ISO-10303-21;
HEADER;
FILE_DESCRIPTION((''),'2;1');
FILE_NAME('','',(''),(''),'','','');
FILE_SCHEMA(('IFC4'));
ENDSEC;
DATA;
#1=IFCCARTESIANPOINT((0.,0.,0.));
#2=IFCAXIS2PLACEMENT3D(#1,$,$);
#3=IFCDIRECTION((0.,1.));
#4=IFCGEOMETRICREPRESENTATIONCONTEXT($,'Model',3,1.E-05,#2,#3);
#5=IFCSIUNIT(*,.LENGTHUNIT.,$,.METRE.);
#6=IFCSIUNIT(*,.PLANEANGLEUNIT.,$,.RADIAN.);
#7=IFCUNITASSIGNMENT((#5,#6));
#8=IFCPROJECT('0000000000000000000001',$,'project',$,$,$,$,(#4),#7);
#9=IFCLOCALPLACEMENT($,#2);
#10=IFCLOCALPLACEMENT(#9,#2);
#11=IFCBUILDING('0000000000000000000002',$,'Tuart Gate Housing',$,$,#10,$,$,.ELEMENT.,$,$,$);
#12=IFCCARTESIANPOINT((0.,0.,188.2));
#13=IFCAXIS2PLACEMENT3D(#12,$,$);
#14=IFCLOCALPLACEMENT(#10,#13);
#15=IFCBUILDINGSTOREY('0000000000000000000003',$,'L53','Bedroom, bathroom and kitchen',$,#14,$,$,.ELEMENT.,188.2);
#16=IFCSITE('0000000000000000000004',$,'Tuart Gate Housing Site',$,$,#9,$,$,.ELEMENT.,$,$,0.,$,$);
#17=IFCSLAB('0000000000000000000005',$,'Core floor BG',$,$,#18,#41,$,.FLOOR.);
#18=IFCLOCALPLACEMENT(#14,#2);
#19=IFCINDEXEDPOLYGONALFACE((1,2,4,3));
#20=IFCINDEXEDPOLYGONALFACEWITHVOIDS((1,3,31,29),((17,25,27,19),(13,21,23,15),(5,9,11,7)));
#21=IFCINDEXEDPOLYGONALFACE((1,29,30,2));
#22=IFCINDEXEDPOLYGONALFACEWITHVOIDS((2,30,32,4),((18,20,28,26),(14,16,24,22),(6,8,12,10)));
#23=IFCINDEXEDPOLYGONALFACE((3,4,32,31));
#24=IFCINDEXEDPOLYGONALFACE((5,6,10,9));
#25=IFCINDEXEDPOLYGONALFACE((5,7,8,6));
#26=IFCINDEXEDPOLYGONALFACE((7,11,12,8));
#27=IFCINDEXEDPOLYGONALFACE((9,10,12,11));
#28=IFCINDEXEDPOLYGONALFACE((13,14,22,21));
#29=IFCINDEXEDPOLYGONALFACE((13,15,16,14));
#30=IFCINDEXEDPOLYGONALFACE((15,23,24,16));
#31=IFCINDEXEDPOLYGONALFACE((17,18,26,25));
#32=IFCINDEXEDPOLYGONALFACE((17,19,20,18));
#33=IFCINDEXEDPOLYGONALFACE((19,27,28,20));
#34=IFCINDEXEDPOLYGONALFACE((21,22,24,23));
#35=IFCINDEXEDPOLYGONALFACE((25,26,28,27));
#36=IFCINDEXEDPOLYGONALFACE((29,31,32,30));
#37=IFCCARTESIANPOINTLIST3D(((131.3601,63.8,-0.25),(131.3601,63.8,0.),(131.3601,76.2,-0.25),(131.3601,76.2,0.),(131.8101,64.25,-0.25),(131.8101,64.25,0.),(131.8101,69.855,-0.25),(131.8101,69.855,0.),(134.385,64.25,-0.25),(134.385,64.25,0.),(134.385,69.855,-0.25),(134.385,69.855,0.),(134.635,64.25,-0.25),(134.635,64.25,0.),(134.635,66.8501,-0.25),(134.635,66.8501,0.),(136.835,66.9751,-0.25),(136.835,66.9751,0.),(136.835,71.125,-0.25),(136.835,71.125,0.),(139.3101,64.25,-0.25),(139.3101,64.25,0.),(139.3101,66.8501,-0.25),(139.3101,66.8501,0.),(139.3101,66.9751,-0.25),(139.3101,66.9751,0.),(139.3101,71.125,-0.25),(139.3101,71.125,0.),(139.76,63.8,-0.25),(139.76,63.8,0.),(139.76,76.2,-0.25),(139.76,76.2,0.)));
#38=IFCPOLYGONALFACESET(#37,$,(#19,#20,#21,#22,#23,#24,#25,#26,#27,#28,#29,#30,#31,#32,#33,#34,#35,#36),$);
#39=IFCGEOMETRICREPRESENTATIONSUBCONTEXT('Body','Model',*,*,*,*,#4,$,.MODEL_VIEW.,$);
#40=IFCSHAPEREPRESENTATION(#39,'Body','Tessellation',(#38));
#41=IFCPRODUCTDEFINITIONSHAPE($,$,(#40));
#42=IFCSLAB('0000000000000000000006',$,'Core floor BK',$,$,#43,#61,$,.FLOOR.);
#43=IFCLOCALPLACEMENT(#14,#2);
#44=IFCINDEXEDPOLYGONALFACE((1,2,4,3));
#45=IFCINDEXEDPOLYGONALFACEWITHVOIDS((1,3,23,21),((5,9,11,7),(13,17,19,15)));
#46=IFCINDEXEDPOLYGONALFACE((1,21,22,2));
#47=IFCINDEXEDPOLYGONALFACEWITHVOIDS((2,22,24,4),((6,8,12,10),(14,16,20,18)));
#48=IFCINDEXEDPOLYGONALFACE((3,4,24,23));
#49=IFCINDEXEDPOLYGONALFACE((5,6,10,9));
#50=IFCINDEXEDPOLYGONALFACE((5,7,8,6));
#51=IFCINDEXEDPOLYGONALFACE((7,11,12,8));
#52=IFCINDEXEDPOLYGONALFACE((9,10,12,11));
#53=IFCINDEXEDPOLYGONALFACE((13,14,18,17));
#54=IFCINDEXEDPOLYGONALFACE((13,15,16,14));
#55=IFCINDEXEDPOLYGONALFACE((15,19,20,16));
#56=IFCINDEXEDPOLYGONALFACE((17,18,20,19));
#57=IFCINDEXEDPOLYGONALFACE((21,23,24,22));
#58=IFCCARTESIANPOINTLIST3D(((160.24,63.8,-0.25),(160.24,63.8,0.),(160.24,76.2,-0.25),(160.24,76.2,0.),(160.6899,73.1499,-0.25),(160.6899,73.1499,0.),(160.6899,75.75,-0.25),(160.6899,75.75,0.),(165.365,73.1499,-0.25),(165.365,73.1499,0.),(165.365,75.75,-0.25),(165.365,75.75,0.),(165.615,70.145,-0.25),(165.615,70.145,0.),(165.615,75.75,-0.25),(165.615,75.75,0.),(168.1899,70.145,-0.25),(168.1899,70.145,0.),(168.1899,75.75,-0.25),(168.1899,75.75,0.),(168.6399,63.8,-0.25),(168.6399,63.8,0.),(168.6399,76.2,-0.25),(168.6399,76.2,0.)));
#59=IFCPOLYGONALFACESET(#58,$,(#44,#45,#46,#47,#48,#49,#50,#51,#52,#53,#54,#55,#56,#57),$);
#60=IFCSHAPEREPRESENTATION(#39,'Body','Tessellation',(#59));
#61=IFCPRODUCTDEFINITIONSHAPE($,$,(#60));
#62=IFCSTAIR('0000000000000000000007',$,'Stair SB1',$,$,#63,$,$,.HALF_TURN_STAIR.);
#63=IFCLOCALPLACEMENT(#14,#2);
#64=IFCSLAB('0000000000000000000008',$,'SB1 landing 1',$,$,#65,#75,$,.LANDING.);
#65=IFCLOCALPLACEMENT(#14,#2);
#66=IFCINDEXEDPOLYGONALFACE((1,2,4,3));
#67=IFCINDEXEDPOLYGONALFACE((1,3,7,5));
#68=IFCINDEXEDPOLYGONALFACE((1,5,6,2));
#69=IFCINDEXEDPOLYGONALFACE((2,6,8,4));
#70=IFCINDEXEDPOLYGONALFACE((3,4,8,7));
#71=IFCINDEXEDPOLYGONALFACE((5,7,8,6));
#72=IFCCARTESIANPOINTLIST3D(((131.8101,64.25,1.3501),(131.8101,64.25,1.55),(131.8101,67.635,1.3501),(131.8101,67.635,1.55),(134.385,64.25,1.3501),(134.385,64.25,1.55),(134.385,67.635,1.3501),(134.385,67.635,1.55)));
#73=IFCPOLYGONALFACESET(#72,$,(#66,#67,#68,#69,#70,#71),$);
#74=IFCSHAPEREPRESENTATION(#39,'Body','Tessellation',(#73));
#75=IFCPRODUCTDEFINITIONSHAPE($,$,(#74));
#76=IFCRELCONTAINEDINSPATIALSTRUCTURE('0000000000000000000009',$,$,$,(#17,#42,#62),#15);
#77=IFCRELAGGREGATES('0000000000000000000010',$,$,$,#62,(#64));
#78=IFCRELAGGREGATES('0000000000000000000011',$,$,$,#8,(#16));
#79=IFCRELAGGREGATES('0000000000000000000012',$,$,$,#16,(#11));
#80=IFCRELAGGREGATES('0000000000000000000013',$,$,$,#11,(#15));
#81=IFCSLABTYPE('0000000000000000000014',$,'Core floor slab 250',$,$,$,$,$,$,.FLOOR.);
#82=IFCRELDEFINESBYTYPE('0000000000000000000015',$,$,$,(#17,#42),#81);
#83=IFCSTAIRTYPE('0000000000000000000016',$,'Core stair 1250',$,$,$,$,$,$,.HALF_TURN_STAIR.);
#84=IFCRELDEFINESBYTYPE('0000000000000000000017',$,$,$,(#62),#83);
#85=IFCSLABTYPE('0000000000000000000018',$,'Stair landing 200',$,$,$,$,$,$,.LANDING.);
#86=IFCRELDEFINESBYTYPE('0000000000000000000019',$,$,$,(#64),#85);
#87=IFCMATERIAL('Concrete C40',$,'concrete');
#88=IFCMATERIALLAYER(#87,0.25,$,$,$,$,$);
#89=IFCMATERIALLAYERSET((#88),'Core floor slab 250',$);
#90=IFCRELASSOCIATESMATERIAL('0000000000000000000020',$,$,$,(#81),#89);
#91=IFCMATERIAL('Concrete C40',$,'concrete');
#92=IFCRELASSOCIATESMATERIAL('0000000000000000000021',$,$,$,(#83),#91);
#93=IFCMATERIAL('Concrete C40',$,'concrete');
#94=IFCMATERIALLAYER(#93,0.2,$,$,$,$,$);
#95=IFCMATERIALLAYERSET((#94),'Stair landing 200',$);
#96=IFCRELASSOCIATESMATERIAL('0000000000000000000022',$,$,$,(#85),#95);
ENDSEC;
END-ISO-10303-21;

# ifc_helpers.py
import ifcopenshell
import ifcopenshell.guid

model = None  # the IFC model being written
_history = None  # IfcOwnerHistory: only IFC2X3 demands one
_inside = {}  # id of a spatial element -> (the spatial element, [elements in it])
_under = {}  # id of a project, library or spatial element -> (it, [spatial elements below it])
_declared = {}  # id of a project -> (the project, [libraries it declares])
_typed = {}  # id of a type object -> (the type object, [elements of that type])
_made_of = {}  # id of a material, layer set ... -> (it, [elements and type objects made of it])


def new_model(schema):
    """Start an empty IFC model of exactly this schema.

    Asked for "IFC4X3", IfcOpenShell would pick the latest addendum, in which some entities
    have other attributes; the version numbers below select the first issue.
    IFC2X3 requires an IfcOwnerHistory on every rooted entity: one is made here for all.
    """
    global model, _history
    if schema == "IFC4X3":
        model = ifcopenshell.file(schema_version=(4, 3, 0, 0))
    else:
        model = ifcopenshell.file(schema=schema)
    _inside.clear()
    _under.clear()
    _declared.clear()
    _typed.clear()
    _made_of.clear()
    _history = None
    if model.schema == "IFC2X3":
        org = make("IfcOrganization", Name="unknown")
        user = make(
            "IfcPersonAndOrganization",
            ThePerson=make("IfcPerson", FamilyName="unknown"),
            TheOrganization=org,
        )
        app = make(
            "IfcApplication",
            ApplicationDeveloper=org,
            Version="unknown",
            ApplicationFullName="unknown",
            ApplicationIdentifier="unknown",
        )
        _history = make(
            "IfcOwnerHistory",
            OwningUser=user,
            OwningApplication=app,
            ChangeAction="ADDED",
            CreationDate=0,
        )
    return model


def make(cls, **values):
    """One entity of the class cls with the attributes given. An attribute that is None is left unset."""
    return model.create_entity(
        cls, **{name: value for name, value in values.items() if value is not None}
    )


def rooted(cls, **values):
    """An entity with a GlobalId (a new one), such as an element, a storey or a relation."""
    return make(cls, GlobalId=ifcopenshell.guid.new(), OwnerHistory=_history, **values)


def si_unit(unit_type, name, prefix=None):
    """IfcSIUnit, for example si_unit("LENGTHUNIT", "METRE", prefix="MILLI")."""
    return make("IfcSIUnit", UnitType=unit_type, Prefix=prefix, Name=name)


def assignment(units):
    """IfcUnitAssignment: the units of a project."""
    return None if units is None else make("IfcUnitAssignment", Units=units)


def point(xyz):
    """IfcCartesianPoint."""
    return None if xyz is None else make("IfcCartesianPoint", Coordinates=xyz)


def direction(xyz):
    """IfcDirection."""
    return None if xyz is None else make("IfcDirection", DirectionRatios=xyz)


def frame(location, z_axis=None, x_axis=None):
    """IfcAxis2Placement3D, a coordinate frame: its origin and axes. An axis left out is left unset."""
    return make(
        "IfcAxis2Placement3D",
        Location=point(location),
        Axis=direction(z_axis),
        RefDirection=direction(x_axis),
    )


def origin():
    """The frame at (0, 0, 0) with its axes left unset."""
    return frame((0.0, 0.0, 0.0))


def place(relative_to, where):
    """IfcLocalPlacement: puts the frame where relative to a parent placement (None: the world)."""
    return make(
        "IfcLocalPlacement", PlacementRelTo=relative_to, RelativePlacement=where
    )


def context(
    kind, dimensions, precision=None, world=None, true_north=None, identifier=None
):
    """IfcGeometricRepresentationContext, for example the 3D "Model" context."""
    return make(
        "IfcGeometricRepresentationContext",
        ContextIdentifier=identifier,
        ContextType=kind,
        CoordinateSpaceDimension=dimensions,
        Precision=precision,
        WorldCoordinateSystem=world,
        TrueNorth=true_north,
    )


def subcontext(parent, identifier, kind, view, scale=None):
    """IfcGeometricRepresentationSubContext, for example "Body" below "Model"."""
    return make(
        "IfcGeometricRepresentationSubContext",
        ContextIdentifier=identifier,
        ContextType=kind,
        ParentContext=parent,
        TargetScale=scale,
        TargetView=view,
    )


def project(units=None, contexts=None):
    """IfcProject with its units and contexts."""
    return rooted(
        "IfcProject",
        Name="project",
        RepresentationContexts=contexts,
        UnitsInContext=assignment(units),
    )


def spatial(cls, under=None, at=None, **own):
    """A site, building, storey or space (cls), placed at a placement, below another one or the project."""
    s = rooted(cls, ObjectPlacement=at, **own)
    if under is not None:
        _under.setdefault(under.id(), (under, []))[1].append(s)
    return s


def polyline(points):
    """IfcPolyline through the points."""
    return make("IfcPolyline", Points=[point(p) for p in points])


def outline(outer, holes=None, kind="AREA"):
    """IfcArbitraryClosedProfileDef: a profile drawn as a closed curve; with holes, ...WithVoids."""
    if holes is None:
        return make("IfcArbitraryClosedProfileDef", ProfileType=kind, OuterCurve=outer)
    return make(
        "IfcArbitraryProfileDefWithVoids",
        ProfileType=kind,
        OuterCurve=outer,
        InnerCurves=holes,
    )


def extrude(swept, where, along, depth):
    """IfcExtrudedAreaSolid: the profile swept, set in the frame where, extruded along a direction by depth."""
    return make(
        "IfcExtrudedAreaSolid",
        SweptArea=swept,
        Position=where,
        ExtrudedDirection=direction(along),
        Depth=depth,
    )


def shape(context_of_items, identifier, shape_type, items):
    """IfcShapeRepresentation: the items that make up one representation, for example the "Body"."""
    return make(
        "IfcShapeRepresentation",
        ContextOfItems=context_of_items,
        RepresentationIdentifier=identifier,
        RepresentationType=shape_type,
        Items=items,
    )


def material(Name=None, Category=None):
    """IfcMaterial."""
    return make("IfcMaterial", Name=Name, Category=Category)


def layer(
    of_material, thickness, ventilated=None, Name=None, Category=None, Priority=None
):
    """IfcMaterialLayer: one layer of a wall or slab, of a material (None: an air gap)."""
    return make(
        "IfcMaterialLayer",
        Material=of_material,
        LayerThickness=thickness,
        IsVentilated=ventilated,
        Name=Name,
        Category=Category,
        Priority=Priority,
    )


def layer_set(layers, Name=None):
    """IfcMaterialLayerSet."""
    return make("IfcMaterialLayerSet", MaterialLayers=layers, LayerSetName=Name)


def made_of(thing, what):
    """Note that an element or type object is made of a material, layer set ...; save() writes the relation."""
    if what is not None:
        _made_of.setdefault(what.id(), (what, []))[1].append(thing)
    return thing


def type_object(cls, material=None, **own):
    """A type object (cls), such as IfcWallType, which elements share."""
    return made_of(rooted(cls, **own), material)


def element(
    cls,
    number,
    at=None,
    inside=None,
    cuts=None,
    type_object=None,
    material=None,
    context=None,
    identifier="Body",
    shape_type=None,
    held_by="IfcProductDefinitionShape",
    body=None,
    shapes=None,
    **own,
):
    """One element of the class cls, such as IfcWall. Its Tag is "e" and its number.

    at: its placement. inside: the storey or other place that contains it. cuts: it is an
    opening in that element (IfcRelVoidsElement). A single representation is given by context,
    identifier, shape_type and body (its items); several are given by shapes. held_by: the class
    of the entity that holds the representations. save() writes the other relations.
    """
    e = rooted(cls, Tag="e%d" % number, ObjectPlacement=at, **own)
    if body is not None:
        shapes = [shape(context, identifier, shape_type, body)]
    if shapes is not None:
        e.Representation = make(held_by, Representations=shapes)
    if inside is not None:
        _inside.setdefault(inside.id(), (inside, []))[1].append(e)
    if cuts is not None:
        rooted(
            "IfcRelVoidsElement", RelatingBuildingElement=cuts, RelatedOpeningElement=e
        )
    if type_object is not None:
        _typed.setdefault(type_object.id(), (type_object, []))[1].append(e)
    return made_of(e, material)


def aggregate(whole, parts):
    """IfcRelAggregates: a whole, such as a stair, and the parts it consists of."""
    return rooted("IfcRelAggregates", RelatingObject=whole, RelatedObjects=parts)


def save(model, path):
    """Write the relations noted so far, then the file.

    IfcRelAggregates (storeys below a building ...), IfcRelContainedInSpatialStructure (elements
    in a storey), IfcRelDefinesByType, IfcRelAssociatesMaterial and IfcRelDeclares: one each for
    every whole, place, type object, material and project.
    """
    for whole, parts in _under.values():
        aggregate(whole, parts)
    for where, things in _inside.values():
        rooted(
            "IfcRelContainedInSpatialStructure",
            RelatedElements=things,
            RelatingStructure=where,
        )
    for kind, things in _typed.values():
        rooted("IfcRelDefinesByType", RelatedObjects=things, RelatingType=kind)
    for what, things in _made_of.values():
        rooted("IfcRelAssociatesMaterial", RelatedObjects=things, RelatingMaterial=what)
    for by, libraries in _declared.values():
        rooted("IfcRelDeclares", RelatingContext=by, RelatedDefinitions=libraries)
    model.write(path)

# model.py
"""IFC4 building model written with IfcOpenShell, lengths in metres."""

from ifc_helpers import new_model, si_unit, direction, frame, origin, place, context, subcontext, project, spatial, polyline, outline, extrude, material, layer, layer_set, type_object, element, aggregate, save


model = new_model("IFC4")

# Units and contexts
model_context = context("Model", 3, precision=1e-05, world=origin(), true_north=direction((0.0, 1.0)))
body_context = subcontext(model_context, "Body", "Model", "MODEL_VIEW")
ifc_project = project(units=[si_unit("LENGTHUNIT", "METRE"), si_unit("PLANEANGLEUNIT", "RADIAN")], contexts=[model_context])

# Site, building, storey
site_placement = place(None, origin())
site = spatial("IfcSite", under=ifc_project, at=site_placement, Name="Tuart Gate Housing Site", CompositionType="ELEMENT", RefElevation=0.0)
building_placement = place(site_placement, origin())
building = spatial("IfcBuilding", under=site, at=building_placement, Name="Tuart Gate Housing", CompositionType="ELEMENT")
storey_placement = place(building_placement, frame((0.0, 0.0, 188.2)))
storey = spatial("IfcBuildingStorey", under=building, at=storey_placement, Name="L53", Description="Bedroom, bathroom and kitchen", CompositionType="ELEMENT", Elevation=188.2)

# Slabs
ifc_material_1 = material(Name="Concrete C40", Category="concrete")
ifc_layer_1 = layer(ifc_material_1, 0.25)
ifc_layer_set_1 = layer_set([ifc_layer_1], Name="Core floor slab 250")
slab_type_1 = type_object("IfcSlabType", Name="Core floor slab 250", PredefinedType="FLOOR", material=ifc_layer_set_1)
slab_1_placement = place(storey_placement, frame((0.0, 0.0, -0.25)))
element("IfcSlab", 1, at=slab_1_placement, inside=storey, type_object=slab_type_1, Name="Core floor BG", PredefinedType="FLOOR", context=body_context, shape_type="SweptSolid", body=[
    extrude(outline(polyline([(131.3601, 63.8), (139.76, 63.8), (139.76, 76.2), (131.3601, 76.2), (131.3601, 63.8)]), holes=[polyline([(139.3101, 66.8501), (134.635, 66.8501), (134.635, 64.25), (139.3101, 64.25), (139.3101, 66.8501)]), polyline([(139.3101, 71.125), (136.835, 71.125), (136.835, 66.9751), (139.3101, 66.9751), (139.3101, 71.125)]), polyline([(134.385, 69.855), (131.8101, 69.855), (131.8101, 64.25), (134.385, 64.25), (134.385, 69.855)])]), origin(), (0.0, 0.0, 1.0), 0.25),
])
slab_2_placement = place(storey_placement, frame((0.0, 0.0, -0.25)))
element("IfcSlab", 2, at=slab_2_placement, inside=storey, type_object=slab_type_1, Name="Core floor BK", PredefinedType="FLOOR", context=body_context, shape_type="SweptSolid", body=[
    extrude(outline(polyline([(160.24, 63.8), (168.6399, 63.8), (168.6399, 76.2), (160.24, 76.2), (160.24, 63.8)]), holes=[polyline([(160.6899, 73.1499), (165.365, 73.1499), (165.365, 75.75), (160.6899, 75.75), (160.6899, 73.1499)]), polyline([(165.615, 70.145), (168.1899, 70.145), (168.1899, 75.75), (165.615, 75.75), (165.615, 70.145)])]), origin(), (0.0, 0.0, 1.0), 0.25),
])

# Stair, slab
ifc_material_2 = material(Name="Concrete C40", Category="concrete")
stair_type = type_object("IfcStairType", Name="Core stair 1250", PredefinedType="HALF_TURN_STAIR", material=ifc_material_2)
stair_placement = place(storey_placement, origin())
stair = element("IfcStair", 3, at=stair_placement, inside=storey, type_object=stair_type, Name="Stair SB1", PredefinedType="HALF_TURN_STAIR")
ifc_material_3 = material(Name="Concrete C40", Category="concrete")
ifc_layer_2 = layer(ifc_material_3, 0.2)
ifc_layer_set_2 = layer_set([ifc_layer_2], Name="Stair landing 200")
slab_type_2 = type_object("IfcSlabType", Name="Stair landing 200", PredefinedType="LANDING", material=ifc_layer_set_2)
slab_3_placement = place(storey_placement, frame((0.0, 0.0, 1.3501)))
slab_3 = element("IfcSlab", 4, at=slab_3_placement, type_object=slab_type_2, Name="SB1 landing 1", PredefinedType="LANDING", context=body_context, shape_type="SweptSolid", body=[
    extrude(outline(polyline([(134.385, 67.635), (131.8101, 67.635), (131.8101, 64.25), (134.385, 64.25), (134.385, 67.635)])), origin(), (0.0, 0.0, 1.0), 0.2),
])
aggregate(stair, [slab_3])

save(model, "model.ifc")
